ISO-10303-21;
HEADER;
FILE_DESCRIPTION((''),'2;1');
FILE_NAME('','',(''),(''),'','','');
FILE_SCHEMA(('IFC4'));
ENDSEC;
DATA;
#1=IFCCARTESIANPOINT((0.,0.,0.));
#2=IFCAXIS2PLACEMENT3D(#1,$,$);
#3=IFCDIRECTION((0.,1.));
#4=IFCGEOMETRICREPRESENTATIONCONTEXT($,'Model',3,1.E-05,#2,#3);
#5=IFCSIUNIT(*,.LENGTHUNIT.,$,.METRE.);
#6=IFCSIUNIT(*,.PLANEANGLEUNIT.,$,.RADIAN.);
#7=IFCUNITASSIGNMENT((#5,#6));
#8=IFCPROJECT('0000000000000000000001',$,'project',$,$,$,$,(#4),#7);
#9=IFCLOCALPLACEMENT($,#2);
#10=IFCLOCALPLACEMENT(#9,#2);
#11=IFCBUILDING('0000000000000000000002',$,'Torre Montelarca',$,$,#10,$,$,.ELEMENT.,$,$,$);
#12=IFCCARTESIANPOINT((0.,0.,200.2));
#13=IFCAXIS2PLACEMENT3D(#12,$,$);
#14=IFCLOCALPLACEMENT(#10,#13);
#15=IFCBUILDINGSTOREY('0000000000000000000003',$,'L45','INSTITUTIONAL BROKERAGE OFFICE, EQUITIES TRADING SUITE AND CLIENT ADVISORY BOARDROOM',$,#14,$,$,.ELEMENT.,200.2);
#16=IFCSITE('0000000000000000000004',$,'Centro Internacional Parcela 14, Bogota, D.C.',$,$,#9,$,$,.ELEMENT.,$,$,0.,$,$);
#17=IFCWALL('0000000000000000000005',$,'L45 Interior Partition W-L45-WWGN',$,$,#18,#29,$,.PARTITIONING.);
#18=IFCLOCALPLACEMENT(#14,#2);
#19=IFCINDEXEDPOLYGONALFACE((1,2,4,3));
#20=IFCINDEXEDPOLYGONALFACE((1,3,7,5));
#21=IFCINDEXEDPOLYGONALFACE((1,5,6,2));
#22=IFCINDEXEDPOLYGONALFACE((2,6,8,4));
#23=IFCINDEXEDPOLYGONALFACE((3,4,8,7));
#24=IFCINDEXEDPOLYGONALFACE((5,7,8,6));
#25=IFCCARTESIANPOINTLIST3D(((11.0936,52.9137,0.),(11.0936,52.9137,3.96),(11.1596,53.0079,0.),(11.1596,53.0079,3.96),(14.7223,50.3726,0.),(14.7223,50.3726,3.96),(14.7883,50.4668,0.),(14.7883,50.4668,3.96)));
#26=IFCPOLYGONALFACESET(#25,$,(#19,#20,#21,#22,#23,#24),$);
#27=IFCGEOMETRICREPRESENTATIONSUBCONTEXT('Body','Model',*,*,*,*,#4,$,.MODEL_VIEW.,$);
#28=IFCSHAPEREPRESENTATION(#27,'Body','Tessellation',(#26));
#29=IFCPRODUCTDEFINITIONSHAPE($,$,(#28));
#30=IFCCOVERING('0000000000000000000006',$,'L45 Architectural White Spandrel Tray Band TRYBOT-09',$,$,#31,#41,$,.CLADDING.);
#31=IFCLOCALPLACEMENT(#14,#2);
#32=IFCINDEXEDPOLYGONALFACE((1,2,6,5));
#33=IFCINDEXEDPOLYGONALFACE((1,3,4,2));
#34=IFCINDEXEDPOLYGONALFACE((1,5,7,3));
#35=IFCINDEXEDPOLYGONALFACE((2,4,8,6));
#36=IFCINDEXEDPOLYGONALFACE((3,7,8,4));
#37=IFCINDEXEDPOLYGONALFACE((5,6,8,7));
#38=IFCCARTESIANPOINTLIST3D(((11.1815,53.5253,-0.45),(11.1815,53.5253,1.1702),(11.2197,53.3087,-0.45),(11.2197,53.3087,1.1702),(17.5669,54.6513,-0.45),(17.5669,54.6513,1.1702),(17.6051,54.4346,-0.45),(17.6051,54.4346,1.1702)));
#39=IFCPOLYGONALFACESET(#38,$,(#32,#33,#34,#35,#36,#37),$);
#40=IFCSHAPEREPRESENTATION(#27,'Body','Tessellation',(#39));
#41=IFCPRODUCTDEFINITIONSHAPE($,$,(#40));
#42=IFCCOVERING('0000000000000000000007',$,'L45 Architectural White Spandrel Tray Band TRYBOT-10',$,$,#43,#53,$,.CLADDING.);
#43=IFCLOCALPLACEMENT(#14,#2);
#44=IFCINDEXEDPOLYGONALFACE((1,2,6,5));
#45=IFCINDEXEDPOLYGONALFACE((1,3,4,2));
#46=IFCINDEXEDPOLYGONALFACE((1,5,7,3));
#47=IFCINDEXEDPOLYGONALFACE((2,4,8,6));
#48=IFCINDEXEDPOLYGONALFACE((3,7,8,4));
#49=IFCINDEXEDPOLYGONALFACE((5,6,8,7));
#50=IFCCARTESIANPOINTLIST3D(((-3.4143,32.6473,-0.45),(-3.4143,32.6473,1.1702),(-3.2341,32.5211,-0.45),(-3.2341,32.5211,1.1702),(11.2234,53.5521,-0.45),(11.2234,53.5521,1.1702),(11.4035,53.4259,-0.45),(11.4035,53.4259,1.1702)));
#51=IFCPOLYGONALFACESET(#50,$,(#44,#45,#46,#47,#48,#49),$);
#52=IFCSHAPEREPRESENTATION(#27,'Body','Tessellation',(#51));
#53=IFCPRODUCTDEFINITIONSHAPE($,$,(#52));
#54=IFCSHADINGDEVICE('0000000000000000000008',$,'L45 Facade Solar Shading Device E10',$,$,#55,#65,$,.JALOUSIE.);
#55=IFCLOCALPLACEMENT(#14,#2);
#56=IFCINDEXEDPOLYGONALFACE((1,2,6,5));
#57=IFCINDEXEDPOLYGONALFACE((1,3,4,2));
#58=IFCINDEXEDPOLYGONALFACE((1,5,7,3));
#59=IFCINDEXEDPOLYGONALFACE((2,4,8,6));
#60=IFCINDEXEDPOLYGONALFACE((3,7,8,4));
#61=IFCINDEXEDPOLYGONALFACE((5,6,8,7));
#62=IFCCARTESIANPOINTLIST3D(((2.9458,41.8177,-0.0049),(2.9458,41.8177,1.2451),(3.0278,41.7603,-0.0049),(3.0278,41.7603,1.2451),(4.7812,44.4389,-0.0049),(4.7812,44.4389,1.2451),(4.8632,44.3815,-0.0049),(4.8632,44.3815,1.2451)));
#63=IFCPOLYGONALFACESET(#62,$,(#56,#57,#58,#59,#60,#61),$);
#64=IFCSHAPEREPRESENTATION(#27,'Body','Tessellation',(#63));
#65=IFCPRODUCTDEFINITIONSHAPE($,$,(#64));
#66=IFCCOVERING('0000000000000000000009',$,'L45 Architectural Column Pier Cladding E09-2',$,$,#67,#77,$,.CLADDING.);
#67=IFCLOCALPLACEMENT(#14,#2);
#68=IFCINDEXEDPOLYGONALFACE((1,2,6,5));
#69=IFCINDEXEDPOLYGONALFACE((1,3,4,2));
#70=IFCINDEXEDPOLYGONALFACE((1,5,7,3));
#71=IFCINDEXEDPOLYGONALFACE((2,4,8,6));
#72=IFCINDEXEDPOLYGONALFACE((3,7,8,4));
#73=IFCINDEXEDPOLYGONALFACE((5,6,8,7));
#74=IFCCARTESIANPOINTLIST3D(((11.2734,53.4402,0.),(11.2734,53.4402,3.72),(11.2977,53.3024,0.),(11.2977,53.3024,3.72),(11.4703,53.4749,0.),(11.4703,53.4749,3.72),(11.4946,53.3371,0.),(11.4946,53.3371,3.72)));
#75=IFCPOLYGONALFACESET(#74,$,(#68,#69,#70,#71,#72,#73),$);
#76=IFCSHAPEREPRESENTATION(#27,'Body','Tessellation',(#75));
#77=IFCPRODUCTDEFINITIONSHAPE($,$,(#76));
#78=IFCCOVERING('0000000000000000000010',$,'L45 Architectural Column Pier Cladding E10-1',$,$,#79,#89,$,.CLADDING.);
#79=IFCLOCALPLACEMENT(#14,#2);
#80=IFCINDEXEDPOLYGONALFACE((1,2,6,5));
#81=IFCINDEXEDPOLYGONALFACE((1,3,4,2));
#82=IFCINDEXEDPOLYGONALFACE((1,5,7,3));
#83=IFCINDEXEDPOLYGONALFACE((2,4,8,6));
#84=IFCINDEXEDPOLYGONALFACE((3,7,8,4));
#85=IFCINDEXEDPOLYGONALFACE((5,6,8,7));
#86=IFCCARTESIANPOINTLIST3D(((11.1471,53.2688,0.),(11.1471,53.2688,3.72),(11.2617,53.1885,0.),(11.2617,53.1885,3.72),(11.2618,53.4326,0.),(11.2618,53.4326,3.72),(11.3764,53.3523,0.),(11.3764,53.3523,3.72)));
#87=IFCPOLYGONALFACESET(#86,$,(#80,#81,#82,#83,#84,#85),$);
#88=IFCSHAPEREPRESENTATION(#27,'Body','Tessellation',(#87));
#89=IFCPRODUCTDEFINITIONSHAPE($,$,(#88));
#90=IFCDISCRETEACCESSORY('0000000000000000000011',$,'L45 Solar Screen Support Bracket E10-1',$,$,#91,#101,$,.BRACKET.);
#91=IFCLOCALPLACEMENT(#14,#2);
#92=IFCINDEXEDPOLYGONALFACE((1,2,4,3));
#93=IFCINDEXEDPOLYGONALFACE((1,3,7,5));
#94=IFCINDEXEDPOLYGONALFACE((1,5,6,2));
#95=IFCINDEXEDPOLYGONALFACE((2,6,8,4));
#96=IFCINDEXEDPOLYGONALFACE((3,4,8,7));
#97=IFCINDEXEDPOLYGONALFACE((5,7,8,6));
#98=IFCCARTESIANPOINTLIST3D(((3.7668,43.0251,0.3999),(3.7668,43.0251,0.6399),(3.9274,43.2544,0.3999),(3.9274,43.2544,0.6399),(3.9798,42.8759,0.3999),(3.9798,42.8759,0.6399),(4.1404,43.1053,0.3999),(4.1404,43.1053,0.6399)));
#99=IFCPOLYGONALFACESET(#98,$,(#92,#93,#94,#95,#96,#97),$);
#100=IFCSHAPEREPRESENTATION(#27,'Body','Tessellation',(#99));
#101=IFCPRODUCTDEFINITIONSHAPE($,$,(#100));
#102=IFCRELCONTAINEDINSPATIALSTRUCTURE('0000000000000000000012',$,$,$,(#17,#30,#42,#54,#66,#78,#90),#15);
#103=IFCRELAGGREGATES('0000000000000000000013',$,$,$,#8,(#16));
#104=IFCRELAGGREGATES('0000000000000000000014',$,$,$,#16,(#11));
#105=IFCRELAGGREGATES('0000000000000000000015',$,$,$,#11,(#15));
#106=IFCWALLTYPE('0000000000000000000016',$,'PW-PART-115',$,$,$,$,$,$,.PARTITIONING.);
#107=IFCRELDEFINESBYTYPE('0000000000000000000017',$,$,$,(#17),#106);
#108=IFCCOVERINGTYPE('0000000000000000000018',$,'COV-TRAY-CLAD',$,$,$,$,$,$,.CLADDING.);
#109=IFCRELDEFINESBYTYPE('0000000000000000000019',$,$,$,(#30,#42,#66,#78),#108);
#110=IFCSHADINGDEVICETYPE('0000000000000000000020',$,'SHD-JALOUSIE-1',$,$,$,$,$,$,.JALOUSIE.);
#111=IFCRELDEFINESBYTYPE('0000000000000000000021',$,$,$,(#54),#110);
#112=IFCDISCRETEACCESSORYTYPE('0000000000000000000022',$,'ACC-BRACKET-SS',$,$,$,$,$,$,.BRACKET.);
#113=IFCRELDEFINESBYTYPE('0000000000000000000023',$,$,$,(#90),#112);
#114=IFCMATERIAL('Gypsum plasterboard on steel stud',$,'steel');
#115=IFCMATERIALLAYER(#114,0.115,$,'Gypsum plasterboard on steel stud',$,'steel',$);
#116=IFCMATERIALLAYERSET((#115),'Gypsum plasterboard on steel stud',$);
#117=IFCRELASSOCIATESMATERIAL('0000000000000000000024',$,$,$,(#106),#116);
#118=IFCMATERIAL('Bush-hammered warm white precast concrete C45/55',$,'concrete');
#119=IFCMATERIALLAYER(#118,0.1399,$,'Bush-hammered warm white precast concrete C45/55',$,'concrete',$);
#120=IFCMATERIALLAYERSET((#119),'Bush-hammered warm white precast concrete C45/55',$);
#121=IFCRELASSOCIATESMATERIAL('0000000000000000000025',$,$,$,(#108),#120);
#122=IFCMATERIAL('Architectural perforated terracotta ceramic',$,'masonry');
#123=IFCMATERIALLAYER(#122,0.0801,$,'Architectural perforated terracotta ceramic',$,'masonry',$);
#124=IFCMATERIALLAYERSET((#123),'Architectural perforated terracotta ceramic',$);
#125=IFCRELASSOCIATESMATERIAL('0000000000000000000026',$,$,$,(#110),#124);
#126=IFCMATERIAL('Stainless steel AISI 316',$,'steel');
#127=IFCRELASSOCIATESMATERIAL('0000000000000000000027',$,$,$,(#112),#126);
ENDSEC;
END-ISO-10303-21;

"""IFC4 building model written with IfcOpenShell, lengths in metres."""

from ifc_helpers import new_model, si_unit, direction, frame, frame_2d, origin, origin_2d, place, context, subcontext, project, spatial, rectangle, extrude, source, transform, mapped, material, layer, layer_set, type_object, element, save


model = new_model("IFC4")

# Units and contexts
model_context = context("Model", 3, precision=1e-05, world=origin(), true_north=direction((0.0, 1.0)))
body_context = subcontext(model_context, "Body", "Model", "MODEL_VIEW")
ifc_project = project(units=[si_unit("LENGTHUNIT", "METRE"), si_unit("PLANEANGLEUNIT", "RADIAN")], contexts=[model_context])

# Site, building, storey
site_placement = place(None, origin())
site = spatial("IfcSite", under=ifc_project, at=site_placement, Name="Centro Internacional Parcela 14, Bogota, D.C.", CompositionType="ELEMENT", RefElevation=0.0)
building_placement = place(site_placement, origin())
building = spatial("IfcBuilding", under=site, at=building_placement, Name="Torre Montelarca", CompositionType="ELEMENT")
storey_placement = place(building_placement, frame((0.0, 0.0, 200.2)))
storey = spatial("IfcBuildingStorey", under=building, at=storey_placement, Name="L45", Description="INSTITUTIONAL BROKERAGE OFFICE, EQUITIES TRADING SUITE AND CLIENT ADVISORY BOARDROOM", CompositionType="ELEMENT", Elevation=200.2)

# Shared definitions
ifc_material_1 = material(Name="Architectural perforated terracotta ceramic", Category="masonry")

# Wall
ifc_material_2 = material(Name="Gypsum plasterboard on steel stud", Category="steel")
ifc_layer_1 = layer(ifc_material_2, 0.115, Name="Gypsum plasterboard on steel stud", Category="steel")
ifc_layer_set_1 = layer_set([ifc_layer_1], Name="Gypsum plasterboard on steel stud")
wall_type = type_object("IfcWallType", Name="PW-PART-115", PredefinedType="PARTITIONING", material=ifc_layer_set_1)
wall_placement = place(storey_placement, frame((11.1267, 52.9607, 0.0), z_axis=(0.0, 0.0, 1.0), x_axis=(0.819131, -0.573607, 0.0)))
element("IfcWall", 1, at=wall_placement, inside=storey, type_object=wall_type, Name="L45 Interior Partition W-L45-WWGN", PredefinedType="PARTITIONING", context=body_context, shape_type="SweptSolid", body=[
    extrude(rectangle(XDim=4.4299, YDim=0.115, at=frame_2d((2.2148, 0.0))), origin(), (0.0, 0.0, 1.0), 3.96),
])

# Coverings
ifc_material_3 = material(Name="Bush-hammered warm white precast concrete C45/55", Category="concrete")
ifc_layer_2 = layer(ifc_material_3, 0.1399, Name="Bush-hammered warm white precast concrete C45/55", Category="concrete")
ifc_layer_set_2 = layer_set([ifc_layer_2], Name="Bush-hammered warm white precast concrete C45/55")
covering_type = type_object("IfcCoveringType", Name="COV-TRAY-CLAD", PredefinedType="CLADDING", material=ifc_layer_set_2)
shared_shape_1 = source(origin(), body_context, "Body", "SweptSolid", [
    extrude(rectangle(XDim=6.4839, YDim=0.22, at=origin_2d()), origin(), (0.0, 0.0, 1.0), 1.6201),
])
covering_1_placement = place(storey_placement, frame((14.3933, 53.98, -0.45), z_axis=(0.0, 0.0, 1.0), x_axis=(-0.984807, -0.17365, 0.0)))
element("IfcCovering", 2, at=covering_1_placement, inside=storey, type_object=covering_type, Name="L45 Architectural White Spandrel Tray Band TRYBOT-09", PredefinedType="CLADDING", context=body_context, shape_type="MappedRepresentation", body=[
    mapped(shared_shape_1, transform((0.0, 0.0, 0.0), scale=1.0)),
])
shared_shape_2 = source(origin(), body_context, "Body", "SweptSolid", [
    extrude(rectangle(XDim=25.52, YDim=0.22, at=origin_2d()), origin(), (0.0, 0.0, 1.0), 1.6201),
])
covering_2_placement = place(storey_placement, frame((3.9946, 43.0366, -0.45), z_axis=(0.0, 0.0, 1.0), x_axis=(-0.573575, -0.819153, 0.0)))
element("IfcCovering", 3, at=covering_2_placement, inside=storey, type_object=covering_type, Name="L45 Architectural White Spandrel Tray Band TRYBOT-10", PredefinedType="CLADDING", context=body_context, shape_type="MappedRepresentation", body=[
    mapped(shared_shape_2, transform((0.0, 0.0, 0.0), scale=1.0)),
])

# Shading device
ifc_layer_3 = layer(ifc_material_1, 0.0801, Name="Architectural perforated terracotta ceramic", Category="masonry")
ifc_layer_set_3 = layer_set([ifc_layer_3], Name="Architectural perforated terracotta ceramic")
shading_device_type = type_object("IfcShadingDeviceType", Name="SHD-JALOUSIE-1", PredefinedType="JALOUSIE", material=ifc_layer_set_3)
shared_shape_3 = source(origin(), body_context, "Body", "SweptSolid", [
    extrude(rectangle(XDim=3.2, YDim=0.1001, at=origin_2d()), origin(), (0.0, 0.0, 1.0), 1.25),
])
shading_device_placement = place(storey_placement, frame((3.9045, 43.0996, -0.0049), z_axis=(0.0, 0.0, 1.0), x_axis=(-0.573575, -0.819153, 0.0)))
element("IfcShadingDevice", 4, at=shading_device_placement, inside=storey, type_object=shading_device_type, Name="L45 Facade Solar Shading Device E10", PredefinedType="JALOUSIE", context=body_context, shape_type="MappedRepresentation", body=[
    mapped(shared_shape_3, transform((0.0, 0.0, 0.0), scale=1.0)),
])

# Coverings
shared_shape_4 = source(origin(), body_context, "Body", "SweptSolid", [
    extrude(rectangle(XDim=0.2, YDim=0.1399, at=origin_2d()), origin(), (0.0, 0.0, 1.0), 3.72),
])
for number, where, z_axis, x_axis, name in (
    (5, (11.384, 53.3887, 0.0), (0.0, 0.0, 1.0), (-0.984808, -0.173645, 0.0), "L45 Architectural Column Pier Cladding E09-2"),
    (6, (11.2617, 53.3105, 0.0), (0.0, 0.0, 1.0), (-0.573572, -0.819155, 0.0), "L45 Architectural Column Pier Cladding E10-1"),
):
    element("IfcCovering", number, at=place(storey_placement, frame(where, z_axis=z_axis, x_axis=x_axis)), inside=storey, type_object=covering_type, Name=name, PredefinedType="CLADDING", context=body_context, shape_type="MappedRepresentation", body=[
        mapped(shared_shape_4, transform((0.0, 0.0, 0.0), scale=1.0)),
    ])

# Discrete accessory
ifc_material_4 = material(Name="Stainless steel AISI 316", Category="steel")
discrete_accessory_type = type_object("IfcDiscreteAccessoryType", Name="ACC-BRACKET-SS", PredefinedType="BRACKET", material=ifc_material_4)
shared_shape_5 = source(origin(), body_context, "Body", "SweptSolid", [
    extrude(rectangle(XDim=0.28, YDim=0.26, at=origin_2d()), origin(), (0.0, 0.0, 1.0), 0.24),
])
discrete_accessory_placement = place(storey_placement, frame((3.9536, 43.0652, 0.3999), z_axis=(0.0, 0.0, 1.0), x_axis=(-0.573575, -0.819153, 0.0)))
element("IfcDiscreteAccessory", 7, at=discrete_accessory_placement, inside=storey, type_object=discrete_accessory_type, Name="L45 Solar Screen Support Bracket E10-1", PredefinedType="BRACKET", context=body_context, shape_type="MappedRepresentation", body=[
    mapped(shared_shape_5, transform((0.0, 0.0, 0.0), scale=1.0)),
])

save(model, "model.ifc")
